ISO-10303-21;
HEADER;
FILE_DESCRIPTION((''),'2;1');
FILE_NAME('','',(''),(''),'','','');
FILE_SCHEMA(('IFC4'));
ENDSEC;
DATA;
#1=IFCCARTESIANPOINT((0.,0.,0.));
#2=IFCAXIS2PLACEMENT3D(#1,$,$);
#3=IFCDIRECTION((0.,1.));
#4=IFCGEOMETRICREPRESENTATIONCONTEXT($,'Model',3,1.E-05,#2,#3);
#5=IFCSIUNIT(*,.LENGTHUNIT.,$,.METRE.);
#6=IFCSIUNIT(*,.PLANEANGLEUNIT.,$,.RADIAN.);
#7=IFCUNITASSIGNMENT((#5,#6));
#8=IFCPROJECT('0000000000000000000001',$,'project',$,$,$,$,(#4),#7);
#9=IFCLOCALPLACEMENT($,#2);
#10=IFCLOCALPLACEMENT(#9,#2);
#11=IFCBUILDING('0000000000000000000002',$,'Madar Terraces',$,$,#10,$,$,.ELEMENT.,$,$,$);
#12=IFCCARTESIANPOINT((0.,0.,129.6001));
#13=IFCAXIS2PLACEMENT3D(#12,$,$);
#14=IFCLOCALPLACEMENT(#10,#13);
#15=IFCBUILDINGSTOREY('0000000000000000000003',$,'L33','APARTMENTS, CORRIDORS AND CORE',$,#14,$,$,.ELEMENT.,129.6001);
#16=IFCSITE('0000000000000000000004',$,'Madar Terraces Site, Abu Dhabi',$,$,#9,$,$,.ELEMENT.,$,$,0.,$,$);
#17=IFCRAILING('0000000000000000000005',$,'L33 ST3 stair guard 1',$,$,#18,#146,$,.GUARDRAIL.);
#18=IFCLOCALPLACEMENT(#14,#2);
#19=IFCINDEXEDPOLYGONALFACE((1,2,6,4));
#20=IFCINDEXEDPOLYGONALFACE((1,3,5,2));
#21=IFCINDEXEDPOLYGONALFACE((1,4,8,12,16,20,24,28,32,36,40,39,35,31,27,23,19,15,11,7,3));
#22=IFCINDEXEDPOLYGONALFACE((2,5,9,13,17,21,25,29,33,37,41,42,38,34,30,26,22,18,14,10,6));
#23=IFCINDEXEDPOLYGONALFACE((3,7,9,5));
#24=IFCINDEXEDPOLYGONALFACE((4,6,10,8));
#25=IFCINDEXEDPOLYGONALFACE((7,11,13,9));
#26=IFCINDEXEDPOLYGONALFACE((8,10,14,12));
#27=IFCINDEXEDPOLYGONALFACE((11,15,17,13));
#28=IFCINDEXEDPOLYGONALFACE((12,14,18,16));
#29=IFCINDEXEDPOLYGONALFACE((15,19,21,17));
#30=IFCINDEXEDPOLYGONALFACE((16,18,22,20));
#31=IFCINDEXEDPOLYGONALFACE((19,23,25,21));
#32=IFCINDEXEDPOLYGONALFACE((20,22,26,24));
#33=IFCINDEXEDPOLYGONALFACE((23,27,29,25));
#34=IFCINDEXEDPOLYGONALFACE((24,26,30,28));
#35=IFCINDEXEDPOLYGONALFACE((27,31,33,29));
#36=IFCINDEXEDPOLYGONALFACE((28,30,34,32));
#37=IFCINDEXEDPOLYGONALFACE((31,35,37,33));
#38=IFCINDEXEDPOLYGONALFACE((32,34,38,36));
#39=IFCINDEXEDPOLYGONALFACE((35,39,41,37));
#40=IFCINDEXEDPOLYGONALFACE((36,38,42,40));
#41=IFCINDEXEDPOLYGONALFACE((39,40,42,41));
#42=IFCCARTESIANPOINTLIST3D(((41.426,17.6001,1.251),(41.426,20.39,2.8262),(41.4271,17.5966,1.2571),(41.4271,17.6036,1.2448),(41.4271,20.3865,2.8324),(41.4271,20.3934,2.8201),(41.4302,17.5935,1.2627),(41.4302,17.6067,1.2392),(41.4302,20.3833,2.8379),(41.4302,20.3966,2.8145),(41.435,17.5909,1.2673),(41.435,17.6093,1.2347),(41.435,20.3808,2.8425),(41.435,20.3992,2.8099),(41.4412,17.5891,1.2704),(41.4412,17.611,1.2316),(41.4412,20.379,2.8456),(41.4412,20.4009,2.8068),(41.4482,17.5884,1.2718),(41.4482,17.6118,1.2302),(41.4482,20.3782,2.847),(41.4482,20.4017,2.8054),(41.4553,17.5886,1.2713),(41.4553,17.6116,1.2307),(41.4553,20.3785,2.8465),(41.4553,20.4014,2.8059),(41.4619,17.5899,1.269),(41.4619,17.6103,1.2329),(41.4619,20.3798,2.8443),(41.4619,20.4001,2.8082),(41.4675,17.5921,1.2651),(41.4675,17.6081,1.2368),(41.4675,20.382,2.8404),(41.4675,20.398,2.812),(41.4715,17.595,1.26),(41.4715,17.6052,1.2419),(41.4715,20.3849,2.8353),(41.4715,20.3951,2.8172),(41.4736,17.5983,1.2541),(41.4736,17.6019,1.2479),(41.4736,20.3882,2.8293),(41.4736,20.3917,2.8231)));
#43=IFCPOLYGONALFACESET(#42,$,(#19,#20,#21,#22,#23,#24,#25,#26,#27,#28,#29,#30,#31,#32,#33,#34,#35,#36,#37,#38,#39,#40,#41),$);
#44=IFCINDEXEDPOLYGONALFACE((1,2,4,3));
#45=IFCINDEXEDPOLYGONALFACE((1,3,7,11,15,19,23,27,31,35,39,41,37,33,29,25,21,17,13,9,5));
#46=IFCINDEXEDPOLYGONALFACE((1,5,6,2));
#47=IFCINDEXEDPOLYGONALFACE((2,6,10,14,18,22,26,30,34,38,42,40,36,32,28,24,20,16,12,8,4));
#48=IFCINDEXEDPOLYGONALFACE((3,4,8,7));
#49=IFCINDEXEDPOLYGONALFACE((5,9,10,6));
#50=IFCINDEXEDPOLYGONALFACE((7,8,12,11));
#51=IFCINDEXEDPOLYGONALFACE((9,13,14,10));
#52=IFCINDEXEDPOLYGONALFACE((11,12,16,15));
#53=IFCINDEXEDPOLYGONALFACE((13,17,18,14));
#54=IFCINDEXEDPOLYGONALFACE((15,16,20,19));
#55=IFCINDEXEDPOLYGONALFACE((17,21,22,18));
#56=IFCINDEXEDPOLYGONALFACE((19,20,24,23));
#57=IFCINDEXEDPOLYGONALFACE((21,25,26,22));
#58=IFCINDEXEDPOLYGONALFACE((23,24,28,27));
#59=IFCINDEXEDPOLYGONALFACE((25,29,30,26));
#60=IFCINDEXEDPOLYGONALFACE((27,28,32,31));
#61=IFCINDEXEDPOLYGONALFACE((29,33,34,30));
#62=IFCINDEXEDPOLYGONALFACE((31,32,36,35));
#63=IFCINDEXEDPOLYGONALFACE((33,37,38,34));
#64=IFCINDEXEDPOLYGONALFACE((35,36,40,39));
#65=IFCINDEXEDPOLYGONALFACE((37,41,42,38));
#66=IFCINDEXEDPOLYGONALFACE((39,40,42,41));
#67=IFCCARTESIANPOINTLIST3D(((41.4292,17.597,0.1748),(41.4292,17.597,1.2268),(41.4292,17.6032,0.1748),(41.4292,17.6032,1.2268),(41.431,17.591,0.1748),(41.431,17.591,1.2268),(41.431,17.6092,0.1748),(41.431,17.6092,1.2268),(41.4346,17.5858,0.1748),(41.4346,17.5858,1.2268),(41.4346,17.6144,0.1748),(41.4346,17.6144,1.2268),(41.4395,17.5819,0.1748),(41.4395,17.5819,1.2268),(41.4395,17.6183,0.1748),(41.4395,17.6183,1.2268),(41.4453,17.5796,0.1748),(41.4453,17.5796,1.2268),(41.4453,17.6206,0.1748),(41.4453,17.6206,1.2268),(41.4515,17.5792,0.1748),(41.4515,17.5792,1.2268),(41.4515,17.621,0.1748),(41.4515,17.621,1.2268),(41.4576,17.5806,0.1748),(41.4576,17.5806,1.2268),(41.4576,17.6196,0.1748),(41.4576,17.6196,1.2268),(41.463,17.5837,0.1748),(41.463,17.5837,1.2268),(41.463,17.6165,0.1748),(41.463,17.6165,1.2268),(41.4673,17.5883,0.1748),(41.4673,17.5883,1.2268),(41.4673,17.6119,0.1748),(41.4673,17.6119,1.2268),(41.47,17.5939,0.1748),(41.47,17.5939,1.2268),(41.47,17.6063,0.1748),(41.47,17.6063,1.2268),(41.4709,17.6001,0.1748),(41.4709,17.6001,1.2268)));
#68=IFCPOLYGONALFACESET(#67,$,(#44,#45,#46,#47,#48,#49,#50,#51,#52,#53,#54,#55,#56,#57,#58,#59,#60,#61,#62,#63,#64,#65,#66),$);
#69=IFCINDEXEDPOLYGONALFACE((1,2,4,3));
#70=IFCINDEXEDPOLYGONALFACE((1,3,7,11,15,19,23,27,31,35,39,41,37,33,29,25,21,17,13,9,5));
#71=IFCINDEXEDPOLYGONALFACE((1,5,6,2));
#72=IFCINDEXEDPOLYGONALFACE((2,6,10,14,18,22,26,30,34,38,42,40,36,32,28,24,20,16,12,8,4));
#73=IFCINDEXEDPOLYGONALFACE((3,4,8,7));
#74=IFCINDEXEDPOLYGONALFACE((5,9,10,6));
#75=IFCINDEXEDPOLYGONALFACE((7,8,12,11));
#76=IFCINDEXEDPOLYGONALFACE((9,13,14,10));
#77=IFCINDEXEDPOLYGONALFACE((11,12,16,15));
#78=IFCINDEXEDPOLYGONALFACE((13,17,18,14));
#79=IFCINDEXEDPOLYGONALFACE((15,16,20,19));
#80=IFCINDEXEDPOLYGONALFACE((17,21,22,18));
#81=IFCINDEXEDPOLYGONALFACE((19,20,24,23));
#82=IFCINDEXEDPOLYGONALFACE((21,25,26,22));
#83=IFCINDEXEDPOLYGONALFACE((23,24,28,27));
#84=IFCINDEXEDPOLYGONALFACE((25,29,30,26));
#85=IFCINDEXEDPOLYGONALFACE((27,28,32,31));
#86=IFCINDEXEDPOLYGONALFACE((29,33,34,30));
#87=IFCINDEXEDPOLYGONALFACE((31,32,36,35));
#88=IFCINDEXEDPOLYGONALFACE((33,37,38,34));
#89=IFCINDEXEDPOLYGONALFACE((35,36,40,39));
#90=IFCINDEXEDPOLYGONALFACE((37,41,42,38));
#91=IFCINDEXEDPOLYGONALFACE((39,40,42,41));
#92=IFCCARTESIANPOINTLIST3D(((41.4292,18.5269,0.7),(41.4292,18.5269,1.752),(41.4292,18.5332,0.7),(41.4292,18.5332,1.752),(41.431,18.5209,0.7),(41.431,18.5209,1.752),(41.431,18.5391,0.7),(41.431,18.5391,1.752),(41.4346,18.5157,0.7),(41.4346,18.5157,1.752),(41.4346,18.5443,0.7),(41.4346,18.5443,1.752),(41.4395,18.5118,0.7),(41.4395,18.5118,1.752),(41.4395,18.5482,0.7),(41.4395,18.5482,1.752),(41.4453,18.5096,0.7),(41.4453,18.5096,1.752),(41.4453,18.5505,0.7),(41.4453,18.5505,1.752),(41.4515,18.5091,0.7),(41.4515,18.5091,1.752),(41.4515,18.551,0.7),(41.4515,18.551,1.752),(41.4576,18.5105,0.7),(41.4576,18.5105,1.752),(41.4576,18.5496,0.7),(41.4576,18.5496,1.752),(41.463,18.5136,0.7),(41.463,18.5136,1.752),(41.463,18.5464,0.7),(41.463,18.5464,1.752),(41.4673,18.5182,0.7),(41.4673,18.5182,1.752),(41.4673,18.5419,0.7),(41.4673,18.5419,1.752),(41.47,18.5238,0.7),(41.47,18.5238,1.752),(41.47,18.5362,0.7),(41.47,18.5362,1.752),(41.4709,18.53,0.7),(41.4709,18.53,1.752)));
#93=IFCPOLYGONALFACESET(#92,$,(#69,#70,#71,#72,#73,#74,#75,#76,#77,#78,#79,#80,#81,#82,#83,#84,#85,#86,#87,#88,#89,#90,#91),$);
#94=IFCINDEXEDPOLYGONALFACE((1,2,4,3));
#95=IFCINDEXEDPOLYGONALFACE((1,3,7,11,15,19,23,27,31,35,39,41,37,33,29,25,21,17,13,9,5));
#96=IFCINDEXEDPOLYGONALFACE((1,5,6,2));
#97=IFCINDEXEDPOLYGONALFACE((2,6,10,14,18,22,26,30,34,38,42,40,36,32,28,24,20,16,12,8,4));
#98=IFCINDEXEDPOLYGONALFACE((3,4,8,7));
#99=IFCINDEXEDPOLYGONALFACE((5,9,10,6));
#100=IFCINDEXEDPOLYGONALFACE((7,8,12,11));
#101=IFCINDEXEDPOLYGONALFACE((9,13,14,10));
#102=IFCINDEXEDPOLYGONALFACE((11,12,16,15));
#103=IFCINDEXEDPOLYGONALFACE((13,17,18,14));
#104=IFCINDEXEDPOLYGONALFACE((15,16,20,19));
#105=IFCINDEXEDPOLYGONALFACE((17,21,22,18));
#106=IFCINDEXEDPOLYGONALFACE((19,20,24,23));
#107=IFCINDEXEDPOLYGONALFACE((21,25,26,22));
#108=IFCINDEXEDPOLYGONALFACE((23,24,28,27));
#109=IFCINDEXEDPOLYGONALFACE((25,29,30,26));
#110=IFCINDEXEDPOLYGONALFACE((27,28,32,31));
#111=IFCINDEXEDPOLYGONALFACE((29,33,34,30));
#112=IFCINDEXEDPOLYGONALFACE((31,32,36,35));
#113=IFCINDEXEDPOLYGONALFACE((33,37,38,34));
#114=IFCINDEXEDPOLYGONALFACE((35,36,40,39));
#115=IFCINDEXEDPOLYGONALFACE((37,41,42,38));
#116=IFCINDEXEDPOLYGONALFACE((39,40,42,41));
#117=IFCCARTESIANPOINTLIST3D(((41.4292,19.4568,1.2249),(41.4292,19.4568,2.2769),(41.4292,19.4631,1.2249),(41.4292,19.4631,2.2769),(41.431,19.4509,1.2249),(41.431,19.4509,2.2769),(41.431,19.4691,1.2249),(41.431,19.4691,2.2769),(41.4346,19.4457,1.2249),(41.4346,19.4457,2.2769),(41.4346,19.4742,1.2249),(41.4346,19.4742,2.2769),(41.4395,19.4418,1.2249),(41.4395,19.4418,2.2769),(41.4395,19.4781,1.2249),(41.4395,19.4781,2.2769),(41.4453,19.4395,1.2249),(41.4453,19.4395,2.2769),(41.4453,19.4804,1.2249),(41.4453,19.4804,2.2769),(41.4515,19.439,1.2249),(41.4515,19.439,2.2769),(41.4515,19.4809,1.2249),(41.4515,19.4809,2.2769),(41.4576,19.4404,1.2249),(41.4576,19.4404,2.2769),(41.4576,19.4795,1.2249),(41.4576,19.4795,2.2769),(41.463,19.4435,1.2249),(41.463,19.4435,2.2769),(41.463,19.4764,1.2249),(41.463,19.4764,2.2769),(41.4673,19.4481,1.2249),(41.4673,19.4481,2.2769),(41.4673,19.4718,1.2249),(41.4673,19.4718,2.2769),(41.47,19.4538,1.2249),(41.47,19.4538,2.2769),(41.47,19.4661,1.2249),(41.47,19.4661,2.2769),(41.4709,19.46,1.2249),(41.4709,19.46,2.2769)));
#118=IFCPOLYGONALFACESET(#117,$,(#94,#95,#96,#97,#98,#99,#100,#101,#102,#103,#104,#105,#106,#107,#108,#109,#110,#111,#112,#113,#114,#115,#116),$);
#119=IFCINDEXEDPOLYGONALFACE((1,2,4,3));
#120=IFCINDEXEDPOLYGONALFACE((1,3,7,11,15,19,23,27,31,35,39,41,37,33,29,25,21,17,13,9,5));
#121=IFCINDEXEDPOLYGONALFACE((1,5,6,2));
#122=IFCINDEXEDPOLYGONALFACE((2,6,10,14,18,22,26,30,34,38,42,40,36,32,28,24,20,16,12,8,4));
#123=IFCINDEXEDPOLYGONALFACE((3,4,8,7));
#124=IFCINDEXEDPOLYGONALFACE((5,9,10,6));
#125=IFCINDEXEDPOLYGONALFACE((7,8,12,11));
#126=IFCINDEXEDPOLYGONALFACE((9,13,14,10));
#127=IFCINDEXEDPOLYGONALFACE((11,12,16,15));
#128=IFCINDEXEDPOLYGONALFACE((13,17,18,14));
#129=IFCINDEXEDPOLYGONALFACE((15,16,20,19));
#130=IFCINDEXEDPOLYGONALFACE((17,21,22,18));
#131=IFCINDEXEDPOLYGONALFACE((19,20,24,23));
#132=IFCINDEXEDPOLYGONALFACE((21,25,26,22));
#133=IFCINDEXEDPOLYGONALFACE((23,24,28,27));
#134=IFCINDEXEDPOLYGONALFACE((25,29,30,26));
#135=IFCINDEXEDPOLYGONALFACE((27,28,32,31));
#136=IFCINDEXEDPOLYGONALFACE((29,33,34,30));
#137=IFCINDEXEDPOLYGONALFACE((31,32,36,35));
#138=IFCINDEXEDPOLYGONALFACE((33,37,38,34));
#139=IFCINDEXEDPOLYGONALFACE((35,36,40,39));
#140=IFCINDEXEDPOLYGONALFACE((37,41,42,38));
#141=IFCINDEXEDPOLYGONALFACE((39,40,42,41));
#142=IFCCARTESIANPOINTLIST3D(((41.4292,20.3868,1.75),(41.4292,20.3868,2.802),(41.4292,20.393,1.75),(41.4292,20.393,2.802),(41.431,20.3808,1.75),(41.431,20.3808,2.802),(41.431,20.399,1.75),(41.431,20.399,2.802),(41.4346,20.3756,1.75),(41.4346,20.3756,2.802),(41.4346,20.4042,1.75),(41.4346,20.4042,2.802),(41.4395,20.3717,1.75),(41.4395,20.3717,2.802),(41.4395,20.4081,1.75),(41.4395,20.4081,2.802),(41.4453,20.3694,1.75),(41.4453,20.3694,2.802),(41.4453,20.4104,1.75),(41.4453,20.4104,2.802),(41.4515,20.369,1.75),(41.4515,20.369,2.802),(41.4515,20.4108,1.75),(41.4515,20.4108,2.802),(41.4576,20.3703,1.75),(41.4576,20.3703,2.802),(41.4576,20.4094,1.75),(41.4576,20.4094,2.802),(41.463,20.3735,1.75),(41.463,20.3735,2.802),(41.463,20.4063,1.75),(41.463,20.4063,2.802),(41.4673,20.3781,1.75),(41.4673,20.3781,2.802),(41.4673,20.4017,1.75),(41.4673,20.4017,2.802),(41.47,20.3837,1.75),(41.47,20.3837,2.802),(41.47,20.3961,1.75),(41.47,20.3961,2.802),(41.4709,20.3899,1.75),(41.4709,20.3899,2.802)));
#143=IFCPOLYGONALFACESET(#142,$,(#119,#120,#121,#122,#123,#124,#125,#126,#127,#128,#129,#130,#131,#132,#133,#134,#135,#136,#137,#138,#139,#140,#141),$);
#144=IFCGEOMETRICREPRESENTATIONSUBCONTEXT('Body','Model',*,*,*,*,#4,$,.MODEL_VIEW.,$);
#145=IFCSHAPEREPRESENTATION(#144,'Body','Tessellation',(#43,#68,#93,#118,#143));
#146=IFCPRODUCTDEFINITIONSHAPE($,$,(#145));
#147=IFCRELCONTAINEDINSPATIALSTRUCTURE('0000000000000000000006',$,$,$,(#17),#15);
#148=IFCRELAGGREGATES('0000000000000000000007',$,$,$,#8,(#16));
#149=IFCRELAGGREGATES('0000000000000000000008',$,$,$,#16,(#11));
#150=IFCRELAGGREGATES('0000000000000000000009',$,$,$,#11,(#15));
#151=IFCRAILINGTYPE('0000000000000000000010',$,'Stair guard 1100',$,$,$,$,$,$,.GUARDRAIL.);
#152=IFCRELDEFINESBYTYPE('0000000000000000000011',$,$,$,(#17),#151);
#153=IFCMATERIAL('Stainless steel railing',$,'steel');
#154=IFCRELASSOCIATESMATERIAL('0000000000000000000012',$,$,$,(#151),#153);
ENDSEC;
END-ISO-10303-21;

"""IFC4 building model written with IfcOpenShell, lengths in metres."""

from ifc_helpers import new_model, si_unit, direction, frame, origin, origin_2d, place, context, subcontext, project, spatial, circle, extrude, material, type_object, element, save


model = new_model("IFC4")

# Units and contexts
model_context = context("Model", 3, precision=1e-05, world=origin(), true_north=direction((0.0, 1.0)))
body_context = subcontext(model_context, "Body", "Model", "MODEL_VIEW")
ifc_project = project(units=[si_unit("LENGTHUNIT", "METRE"), si_unit("PLANEANGLEUNIT", "RADIAN")], contexts=[model_context])

# Site, building, storey
site_placement = place(None, origin())
site = spatial("IfcSite", under=ifc_project, at=site_placement, Name="Madar Terraces Site, Abu Dhabi", CompositionType="ELEMENT", RefElevation=0.0)
building_placement = place(site_placement, origin())
building = spatial("IfcBuilding", under=site, at=building_placement, Name="Madar Terraces", CompositionType="ELEMENT")
storey_placement = place(building_placement, frame((0.0, 0.0, 129.6001)))
storey = spatial("IfcBuildingStorey", under=building, at=storey_placement, Name="L33", Description="APARTMENTS, CORRIDORS AND CORE", CompositionType="ELEMENT", Elevation=129.6001)

# Railing
ifc_material_1 = material(Name="Stainless steel railing", Category="steel")
railing_type_1 = type_object("IfcRailingType", Name="Stair guard 1100", PredefinedType="GUARDRAIL", material=ifc_material_1)
railing_1_placement = place(storey_placement, frame((41.45, 17.6001, 0.1748)))
element("IfcRailing", 1, at=railing_1_placement, inside=storey, type_object=railing_type_1, Name="L33 ST3 stair guard 1", PredefinedType="GUARDRAIL", context=body_context, shape_type="SweptSolid", body=[
    extrude(circle(Radius=0.0239, at=origin_2d()), frame((0.0, 0.0, 1.0762), z_axis=(0.0, 0.870783, 0.491668), x_axis=(-1.0, 0.0, 0.0)), (0.0, 0.0, 1.0), 3.2039),
    extrude(circle(Radius=0.021, at=origin_2d()), origin(), (0.0, 0.0, 1.0), 1.052),
    extrude(circle(Radius=0.021, at=origin_2d()), frame((0.0, 0.9299, 0.5251)), (0.0, 0.0, 1.0), 1.052),
    extrude(circle(Radius=0.021, at=origin_2d()), frame((0.0, 1.8599, 1.05)), (0.0, 0.0, 1.0), 1.052),
    extrude(circle(Radius=0.021, at=origin_2d()), frame((0.0, 2.7898, 1.5752)), (0.0, 0.0, 1.0), 1.052),
])

save(model, "model.ifc")
